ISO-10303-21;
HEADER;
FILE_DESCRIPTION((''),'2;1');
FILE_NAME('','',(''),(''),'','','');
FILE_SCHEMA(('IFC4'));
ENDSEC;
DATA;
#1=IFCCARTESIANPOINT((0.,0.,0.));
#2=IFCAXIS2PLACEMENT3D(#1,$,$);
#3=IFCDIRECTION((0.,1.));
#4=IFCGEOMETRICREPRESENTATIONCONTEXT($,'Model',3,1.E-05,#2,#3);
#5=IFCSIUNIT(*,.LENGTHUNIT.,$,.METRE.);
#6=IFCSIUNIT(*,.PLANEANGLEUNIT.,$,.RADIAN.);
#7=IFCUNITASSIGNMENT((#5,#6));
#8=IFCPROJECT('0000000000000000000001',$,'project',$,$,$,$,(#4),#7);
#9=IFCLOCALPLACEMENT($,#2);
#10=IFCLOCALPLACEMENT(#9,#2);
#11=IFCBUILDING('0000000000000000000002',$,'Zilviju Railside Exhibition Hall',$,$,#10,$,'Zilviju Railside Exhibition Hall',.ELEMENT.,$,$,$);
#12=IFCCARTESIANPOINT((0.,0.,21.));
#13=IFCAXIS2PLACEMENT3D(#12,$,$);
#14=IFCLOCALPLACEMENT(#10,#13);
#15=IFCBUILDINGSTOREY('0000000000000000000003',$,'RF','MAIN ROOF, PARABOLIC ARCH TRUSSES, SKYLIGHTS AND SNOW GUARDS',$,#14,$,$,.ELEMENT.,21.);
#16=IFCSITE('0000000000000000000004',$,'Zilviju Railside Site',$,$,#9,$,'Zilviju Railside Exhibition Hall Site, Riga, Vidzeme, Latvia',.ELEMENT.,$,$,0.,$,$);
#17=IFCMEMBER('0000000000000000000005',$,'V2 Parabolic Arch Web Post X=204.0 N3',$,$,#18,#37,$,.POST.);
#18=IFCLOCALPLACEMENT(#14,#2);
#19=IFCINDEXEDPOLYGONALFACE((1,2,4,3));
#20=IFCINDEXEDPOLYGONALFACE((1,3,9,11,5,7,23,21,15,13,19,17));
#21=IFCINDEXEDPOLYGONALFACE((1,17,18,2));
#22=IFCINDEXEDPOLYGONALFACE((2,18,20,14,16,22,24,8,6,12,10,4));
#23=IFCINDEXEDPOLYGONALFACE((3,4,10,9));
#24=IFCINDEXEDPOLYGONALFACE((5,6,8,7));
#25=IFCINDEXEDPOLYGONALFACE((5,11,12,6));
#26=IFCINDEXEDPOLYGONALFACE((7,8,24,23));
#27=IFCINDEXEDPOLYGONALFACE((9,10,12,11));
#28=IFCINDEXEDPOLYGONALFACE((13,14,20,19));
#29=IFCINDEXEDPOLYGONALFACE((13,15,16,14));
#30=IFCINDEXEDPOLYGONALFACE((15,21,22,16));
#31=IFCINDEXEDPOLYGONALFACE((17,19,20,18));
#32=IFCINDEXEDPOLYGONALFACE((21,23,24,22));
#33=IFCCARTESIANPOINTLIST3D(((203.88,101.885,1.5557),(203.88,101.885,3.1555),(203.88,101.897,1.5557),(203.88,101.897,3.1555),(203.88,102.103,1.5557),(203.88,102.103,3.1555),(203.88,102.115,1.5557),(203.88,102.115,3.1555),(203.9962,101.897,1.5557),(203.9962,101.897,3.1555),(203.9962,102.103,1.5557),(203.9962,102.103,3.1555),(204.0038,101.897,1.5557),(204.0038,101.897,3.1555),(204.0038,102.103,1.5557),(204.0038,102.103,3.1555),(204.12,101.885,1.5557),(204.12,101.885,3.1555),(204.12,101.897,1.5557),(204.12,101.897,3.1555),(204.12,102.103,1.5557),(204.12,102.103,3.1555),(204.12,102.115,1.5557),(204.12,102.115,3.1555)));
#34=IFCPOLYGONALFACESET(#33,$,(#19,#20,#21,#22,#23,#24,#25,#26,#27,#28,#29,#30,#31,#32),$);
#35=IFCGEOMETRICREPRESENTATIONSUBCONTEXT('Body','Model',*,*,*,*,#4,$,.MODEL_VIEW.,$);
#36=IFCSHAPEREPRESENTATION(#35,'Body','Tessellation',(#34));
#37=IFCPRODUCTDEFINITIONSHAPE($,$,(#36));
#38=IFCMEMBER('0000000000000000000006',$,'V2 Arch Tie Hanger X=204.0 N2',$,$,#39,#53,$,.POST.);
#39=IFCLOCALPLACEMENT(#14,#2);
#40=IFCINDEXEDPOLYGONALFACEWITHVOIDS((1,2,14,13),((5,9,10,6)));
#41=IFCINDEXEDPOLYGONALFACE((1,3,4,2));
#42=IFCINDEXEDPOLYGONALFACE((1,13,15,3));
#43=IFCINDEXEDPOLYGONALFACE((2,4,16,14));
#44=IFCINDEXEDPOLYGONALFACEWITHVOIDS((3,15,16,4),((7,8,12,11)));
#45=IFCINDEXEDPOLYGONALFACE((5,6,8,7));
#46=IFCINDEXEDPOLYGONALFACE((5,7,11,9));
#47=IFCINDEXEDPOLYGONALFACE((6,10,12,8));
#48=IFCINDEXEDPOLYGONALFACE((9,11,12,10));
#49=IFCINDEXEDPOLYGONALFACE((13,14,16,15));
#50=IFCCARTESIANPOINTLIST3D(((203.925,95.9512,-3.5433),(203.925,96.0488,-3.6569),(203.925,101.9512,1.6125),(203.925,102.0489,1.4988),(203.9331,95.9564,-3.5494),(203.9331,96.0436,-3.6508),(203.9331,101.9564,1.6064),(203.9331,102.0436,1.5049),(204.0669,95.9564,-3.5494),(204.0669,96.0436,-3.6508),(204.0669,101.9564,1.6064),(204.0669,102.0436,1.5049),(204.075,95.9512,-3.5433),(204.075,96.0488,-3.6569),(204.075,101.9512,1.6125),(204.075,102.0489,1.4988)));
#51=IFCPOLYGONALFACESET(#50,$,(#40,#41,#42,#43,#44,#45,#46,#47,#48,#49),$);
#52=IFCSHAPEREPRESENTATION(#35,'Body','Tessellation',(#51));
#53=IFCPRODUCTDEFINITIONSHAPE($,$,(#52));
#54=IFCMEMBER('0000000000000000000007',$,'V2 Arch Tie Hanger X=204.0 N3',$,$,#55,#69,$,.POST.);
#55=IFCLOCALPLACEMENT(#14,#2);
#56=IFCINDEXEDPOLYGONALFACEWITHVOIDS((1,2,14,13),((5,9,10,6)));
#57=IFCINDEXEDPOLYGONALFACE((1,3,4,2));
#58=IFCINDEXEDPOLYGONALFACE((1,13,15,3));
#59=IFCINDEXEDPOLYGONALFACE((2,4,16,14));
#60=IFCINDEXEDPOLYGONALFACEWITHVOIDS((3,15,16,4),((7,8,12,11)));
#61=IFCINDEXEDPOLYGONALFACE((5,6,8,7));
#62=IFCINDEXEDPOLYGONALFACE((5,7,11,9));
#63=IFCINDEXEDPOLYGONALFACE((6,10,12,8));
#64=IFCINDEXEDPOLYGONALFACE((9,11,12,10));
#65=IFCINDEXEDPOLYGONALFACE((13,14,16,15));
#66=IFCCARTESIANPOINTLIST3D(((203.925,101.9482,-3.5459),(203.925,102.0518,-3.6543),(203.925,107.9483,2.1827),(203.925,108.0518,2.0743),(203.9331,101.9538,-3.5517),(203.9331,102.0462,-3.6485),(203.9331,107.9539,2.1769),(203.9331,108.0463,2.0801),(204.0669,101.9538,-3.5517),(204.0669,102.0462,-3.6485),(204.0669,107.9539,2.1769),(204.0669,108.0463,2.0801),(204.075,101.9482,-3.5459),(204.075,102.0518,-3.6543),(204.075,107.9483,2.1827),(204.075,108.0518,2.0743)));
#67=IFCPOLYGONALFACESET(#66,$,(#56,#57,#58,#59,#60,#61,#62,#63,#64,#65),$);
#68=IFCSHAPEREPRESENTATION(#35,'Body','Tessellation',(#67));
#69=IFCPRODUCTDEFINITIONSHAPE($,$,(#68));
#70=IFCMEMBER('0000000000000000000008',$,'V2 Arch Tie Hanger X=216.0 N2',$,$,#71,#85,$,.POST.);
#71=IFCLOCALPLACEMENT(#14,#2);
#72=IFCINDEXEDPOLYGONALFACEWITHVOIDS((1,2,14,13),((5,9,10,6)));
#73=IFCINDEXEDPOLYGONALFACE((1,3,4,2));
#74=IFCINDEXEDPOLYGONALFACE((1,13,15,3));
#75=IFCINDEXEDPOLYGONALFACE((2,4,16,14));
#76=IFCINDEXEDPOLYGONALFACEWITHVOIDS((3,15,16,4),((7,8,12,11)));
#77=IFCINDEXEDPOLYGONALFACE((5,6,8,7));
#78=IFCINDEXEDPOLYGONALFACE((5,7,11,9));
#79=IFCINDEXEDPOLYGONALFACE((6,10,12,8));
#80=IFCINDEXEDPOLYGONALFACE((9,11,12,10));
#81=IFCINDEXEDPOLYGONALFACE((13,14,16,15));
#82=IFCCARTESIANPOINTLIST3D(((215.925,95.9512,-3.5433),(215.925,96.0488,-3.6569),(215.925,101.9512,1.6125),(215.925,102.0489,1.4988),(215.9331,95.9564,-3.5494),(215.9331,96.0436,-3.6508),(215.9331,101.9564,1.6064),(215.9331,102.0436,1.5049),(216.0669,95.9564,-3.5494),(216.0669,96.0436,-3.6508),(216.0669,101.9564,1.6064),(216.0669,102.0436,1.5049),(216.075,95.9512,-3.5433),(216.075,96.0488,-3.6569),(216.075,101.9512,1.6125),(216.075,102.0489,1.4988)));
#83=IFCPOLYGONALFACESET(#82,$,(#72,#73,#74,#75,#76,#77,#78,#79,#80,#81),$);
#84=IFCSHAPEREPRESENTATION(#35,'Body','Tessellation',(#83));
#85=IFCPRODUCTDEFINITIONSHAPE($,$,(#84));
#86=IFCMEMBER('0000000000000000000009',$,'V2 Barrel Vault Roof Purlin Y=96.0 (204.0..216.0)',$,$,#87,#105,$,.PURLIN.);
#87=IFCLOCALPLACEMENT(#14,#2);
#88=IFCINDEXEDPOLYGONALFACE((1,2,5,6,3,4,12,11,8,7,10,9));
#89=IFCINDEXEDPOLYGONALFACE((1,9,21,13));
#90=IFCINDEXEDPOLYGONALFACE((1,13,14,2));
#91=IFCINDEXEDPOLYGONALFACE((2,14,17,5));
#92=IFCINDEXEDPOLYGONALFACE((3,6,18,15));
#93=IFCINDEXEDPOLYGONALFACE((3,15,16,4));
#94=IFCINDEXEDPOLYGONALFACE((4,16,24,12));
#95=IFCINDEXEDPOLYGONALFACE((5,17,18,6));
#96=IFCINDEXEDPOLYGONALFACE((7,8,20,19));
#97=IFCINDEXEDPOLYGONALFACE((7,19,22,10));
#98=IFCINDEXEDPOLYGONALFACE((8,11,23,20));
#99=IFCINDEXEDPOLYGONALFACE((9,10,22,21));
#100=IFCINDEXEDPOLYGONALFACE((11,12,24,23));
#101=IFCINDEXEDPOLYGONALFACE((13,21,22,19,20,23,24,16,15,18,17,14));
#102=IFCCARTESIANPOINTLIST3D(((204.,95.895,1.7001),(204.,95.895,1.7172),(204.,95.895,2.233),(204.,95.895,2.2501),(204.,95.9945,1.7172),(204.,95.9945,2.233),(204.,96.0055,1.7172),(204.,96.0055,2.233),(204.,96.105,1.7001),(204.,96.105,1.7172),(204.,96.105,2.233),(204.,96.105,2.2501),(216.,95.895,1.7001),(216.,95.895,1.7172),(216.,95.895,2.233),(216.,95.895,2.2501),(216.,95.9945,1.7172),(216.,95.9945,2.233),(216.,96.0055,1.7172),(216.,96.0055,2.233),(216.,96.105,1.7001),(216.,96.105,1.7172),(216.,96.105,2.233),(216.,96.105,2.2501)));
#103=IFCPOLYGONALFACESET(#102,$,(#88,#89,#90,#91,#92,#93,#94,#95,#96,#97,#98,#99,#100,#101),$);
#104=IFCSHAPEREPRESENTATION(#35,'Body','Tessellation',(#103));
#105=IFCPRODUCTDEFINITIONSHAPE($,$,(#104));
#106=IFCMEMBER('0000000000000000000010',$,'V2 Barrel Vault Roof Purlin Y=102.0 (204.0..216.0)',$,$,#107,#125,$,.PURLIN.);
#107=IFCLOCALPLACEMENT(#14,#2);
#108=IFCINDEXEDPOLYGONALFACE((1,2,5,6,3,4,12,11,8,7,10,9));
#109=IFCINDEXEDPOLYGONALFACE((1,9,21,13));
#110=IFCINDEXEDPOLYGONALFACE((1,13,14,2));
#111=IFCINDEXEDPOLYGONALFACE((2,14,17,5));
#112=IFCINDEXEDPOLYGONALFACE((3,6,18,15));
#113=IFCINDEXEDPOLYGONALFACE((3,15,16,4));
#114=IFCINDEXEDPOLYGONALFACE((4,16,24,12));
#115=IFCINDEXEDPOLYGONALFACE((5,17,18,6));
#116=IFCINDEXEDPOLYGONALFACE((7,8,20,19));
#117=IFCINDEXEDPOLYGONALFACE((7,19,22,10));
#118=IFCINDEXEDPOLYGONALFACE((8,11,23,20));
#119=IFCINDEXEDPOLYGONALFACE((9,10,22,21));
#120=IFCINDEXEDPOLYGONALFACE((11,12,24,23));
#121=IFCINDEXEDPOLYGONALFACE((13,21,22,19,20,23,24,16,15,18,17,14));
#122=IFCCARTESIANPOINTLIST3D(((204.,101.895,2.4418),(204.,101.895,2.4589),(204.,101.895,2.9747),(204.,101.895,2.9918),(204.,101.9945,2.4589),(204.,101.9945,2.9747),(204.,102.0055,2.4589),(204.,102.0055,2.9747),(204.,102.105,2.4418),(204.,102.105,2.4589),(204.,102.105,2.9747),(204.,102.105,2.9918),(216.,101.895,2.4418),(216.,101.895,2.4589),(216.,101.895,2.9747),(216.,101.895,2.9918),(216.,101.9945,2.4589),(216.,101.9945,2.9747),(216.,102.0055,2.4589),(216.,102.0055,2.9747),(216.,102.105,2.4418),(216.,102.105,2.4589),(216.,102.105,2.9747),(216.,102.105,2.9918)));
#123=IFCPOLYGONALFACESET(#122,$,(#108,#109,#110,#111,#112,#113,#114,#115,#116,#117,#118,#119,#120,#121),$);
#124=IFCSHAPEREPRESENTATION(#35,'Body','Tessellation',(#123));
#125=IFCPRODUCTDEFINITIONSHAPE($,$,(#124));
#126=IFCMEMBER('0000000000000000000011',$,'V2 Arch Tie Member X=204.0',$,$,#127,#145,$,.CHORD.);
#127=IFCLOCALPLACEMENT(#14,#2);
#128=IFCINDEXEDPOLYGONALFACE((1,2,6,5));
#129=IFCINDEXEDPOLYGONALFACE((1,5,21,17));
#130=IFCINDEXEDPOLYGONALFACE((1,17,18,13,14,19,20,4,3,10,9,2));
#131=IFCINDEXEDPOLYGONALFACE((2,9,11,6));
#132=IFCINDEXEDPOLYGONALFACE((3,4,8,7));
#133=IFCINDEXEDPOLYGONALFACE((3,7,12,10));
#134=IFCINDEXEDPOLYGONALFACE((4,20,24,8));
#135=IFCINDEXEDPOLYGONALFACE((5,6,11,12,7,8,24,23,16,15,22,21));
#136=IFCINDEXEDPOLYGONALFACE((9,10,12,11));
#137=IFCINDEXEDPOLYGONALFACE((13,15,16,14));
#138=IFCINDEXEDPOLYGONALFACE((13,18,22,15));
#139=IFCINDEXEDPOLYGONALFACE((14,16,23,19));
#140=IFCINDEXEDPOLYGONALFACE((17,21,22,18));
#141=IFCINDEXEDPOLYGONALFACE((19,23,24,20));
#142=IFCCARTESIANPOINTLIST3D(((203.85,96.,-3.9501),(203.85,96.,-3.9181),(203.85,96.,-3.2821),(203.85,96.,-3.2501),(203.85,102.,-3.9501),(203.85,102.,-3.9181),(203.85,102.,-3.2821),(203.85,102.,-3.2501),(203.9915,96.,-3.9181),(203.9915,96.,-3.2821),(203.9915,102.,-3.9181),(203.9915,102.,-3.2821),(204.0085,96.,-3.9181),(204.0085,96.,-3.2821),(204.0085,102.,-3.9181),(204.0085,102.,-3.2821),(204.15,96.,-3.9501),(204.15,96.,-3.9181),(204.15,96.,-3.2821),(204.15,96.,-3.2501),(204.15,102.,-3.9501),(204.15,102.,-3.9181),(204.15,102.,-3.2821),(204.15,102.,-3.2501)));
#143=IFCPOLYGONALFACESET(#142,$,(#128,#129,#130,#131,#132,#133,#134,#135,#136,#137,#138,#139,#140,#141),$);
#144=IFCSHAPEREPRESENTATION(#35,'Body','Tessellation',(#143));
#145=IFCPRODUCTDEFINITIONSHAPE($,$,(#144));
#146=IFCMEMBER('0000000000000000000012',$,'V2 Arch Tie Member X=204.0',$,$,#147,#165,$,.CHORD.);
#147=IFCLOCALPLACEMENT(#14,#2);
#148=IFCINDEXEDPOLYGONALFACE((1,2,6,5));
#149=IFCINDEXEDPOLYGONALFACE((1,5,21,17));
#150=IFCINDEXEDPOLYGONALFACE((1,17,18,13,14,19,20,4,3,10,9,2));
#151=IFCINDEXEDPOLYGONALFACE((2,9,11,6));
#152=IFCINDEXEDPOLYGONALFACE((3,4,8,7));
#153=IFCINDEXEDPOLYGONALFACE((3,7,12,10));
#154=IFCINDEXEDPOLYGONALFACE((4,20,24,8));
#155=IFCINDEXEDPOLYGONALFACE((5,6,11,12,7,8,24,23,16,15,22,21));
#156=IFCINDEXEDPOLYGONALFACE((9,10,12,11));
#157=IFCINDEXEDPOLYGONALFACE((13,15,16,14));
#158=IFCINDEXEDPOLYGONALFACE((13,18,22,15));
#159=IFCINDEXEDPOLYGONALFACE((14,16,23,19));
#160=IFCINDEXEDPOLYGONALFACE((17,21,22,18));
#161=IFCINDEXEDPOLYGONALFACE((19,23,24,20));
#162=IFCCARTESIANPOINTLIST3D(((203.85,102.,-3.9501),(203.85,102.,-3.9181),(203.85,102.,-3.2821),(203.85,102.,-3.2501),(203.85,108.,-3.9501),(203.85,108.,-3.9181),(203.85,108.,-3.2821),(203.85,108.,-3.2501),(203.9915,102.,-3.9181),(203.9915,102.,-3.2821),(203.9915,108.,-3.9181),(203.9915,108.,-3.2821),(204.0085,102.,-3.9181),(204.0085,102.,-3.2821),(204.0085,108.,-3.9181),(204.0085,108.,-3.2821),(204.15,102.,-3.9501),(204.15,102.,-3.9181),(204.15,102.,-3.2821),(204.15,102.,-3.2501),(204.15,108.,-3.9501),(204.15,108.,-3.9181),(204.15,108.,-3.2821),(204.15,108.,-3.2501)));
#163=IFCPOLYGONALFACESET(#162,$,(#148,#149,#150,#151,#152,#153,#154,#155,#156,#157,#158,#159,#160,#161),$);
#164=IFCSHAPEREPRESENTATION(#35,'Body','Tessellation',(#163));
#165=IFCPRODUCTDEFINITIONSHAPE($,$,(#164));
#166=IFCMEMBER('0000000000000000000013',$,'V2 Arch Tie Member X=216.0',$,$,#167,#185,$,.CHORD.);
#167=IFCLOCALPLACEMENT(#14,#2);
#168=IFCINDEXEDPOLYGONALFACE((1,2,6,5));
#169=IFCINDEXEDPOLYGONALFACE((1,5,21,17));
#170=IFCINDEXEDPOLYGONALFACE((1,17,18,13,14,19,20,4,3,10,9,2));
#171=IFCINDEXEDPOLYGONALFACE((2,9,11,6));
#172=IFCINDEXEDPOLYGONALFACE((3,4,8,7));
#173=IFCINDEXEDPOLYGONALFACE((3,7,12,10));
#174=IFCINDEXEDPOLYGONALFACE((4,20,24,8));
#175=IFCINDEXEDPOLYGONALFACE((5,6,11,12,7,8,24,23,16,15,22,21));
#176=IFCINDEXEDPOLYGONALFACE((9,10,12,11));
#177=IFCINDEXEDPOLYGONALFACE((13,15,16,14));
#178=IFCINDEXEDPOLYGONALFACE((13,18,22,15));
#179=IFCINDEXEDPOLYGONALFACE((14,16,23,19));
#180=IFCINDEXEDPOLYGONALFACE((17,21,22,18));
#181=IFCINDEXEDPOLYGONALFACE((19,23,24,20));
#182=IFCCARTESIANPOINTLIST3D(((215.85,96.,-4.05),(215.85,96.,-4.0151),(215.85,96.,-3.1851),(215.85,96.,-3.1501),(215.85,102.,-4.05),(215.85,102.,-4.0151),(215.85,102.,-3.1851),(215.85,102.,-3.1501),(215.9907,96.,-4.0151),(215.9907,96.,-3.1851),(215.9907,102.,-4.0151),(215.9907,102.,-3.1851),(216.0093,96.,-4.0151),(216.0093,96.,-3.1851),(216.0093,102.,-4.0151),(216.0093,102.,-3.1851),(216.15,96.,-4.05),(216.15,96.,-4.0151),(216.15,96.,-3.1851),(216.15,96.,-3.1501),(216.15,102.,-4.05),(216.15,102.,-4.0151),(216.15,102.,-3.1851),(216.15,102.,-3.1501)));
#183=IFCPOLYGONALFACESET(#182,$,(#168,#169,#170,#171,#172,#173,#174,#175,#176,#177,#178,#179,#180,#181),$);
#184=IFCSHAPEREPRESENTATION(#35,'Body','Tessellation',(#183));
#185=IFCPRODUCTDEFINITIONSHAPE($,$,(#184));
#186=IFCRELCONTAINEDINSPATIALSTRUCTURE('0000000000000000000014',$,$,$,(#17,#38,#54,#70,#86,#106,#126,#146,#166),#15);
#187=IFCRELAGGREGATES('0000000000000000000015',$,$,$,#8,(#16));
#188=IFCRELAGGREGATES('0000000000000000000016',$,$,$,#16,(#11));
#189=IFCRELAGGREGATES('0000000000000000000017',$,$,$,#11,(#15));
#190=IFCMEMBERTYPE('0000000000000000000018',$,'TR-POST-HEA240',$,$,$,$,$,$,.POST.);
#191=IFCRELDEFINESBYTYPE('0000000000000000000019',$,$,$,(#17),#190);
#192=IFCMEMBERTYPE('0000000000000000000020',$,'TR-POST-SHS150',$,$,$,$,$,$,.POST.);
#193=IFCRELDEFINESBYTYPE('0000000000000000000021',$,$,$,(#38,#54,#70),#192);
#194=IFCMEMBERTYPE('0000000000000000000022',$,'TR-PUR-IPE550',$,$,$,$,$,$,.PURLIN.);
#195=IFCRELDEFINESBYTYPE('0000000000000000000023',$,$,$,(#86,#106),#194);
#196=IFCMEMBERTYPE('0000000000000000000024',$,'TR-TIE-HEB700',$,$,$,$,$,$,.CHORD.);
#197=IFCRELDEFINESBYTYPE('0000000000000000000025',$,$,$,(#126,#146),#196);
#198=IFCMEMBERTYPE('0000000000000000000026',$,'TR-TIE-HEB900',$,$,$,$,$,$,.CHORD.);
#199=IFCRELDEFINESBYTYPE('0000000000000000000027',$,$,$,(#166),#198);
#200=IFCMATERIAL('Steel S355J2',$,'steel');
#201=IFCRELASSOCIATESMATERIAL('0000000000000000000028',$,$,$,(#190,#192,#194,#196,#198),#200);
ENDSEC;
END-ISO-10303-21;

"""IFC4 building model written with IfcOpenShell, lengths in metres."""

from ifc_helpers import new_model, si_unit, direction, frame, origin, origin_2d, place, context, subcontext, project, spatial, hollow_rectangle, i_section, extrude, material, material_profile, profile_set, type_object, element, save


model = new_model("IFC4")

# Units and contexts
model_context = context("Model", 3, precision=1e-05, world=origin(), true_north=direction((0.0, 1.0)))
body_context = subcontext(model_context, "Body", "Model", "MODEL_VIEW")
ifc_project = project(units=[si_unit("LENGTHUNIT", "METRE"), si_unit("PLANEANGLEUNIT", "RADIAN")], contexts=[model_context])

# Site, building, storey
site_placement = place(None, origin())
site = spatial("IfcSite", under=ifc_project, at=site_placement, Name="Zilviju Railside Site", LongName="Zilviju Railside Exhibition Hall Site, Riga, Vidzeme, Latvia", CompositionType="ELEMENT", RefElevation=0.0)
building_placement = place(site_placement, origin())
building = spatial("IfcBuilding", under=site, at=building_placement, Name="Zilviju Railside Exhibition Hall", LongName="Zilviju Railside Exhibition Hall", CompositionType="ELEMENT")
storey_placement = place(building_placement, frame((0.0, 0.0, 21.0)))
storey = spatial("IfcBuildingStorey", under=building, at=storey_placement, Name="RF", Description="MAIN ROOF, PARABOLIC ARCH TRUSSES, SKYLIGHTS AND SNOW GUARDS", CompositionType="ELEMENT", Elevation=21.0)

# Members
ifc_material_1 = material(Name="Steel S355J2", Category="steel")
ifc_material_profile_1 = material_profile(ifc_material_1, i_section(OverallWidth=0.24, OverallDepth=0.23, WebThickness=0.0076, FlangeThickness=0.012, at=origin_2d()), Name="HEA 240")
ifc_profile_set_1 = profile_set([ifc_material_profile_1], Name="Steel S355J2")
member_type_1 = type_object("IfcMemberType", Name="TR-POST-HEA240", PredefinedType="POST", material=ifc_profile_set_1)
for number, where, z_axis, x_axis, name in (
    (1, (204.0, 102.0, 1.5557), (0.0, 0.0, 1.0), (1.0, 0.0, 0.0), "V2 Parabolic Arch Web Post X=204.0 N3"),
):
    element("IfcMember", number, at=place(storey_placement, frame(where, z_axis=z_axis, x_axis=x_axis)), inside=storey, type_object=member_type_1, Name=name, PredefinedType="POST", context=body_context, shape_type="SweptSolid", body=[
        extrude(i_section(OverallWidth=0.24, OverallDepth=0.23, WebThickness=0.0076, FlangeThickness=0.012, at=origin_2d()), origin(), (0.0, 0.0, 1.0), 1.5999),
    ])
ifc_material_profile_2 = material_profile(ifc_material_1, hollow_rectangle(XDim=0.1499, YDim=0.1499, WallThickness=0.0081, at=origin_2d()), Name="SHS 150x150x8.0")
ifc_profile_set_2 = profile_set([ifc_material_profile_2], Name="Steel S355J2")
member_type_2 = type_object("IfcMemberType", Name="TR-POST-SHS150", PredefinedType="POST", material=ifc_profile_set_2)
member_1_placement = place(storey_placement, frame((204.0, 96.0, -3.6001), z_axis=(0.0, 0.75845, 0.651731), x_axis=(-1.0, 0.0, 0.0)))
element("IfcMember", 2, at=member_1_placement, inside=storey, type_object=member_type_2, Name="V2 Arch Tie Hanger X=204.0 N2", PredefinedType="POST", context=body_context, shape_type="SweptSolid", body=[
    extrude(hollow_rectangle(XDim=0.1499, YDim=0.1499, WallThickness=0.0081, at=origin_2d()), origin(), (0.0, 0.0, 1.0), 7.9109),
])
member_2_placement = place(storey_placement, frame((204.0, 102.0, -3.6001), z_axis=(0.0, 0.723281, 0.690554), x_axis=(-1.0, 0.0, 0.0)))
element("IfcMember", 3, at=member_2_placement, inside=storey, type_object=member_type_2, Name="V2 Arch Tie Hanger X=204.0 N3", PredefinedType="POST", context=body_context, shape_type="SweptSolid", body=[
    extrude(hollow_rectangle(XDim=0.1499, YDim=0.1499, WallThickness=0.0081, at=origin_2d()), origin(), (0.0, 0.0, 1.0), 8.2957),
])
member_3_placement = place(storey_placement, frame((216.0, 96.0, -3.6001), z_axis=(0.0, 0.75845, 0.651731), x_axis=(-1.0, 0.0, 0.0)))
element("IfcMember", 4, at=member_3_placement, inside=storey, type_object=member_type_2, Name="V2 Arch Tie Hanger X=216.0 N2", PredefinedType="POST", context=body_context, shape_type="SweptSolid", body=[
    extrude(hollow_rectangle(XDim=0.1499, YDim=0.1499, WallThickness=0.0081, at=origin_2d()), origin(), (0.0, 0.0, 1.0), 7.9109),
])
ifc_material_profile_3 = material_profile(ifc_material_1, i_section(OverallWidth=0.21, OverallDepth=0.55, WebThickness=0.011, FlangeThickness=0.0171, at=origin_2d()), Name="IPE 550")
ifc_profile_set_3 = profile_set([ifc_material_profile_3], Name="Steel S355J2")
member_type_3 = type_object("IfcMemberType", Name="TR-PUR-IPE550", PredefinedType="PURLIN", material=ifc_profile_set_3)
for number, where, z_axis, x_axis, name in (
    (5, (204.0, 96.0, 1.9751), (1.0, 0.0, 0.0), (0.0, 1.0, 0.0), "V2 Barrel Vault Roof Purlin Y=96.0 (204.0..216.0)"),
    (6, (204.0, 102.0, 2.7168), (1.0, 0.0, 0.0), (0.0, 1.0, 0.0), "V2 Barrel Vault Roof Purlin Y=102.0 (204.0..216.0)"),
):
    element("IfcMember", number, at=place(storey_placement, frame(where, z_axis=z_axis, x_axis=x_axis)), inside=storey, type_object=member_type_3, Name=name, PredefinedType="PURLIN", context=body_context, shape_type="SweptSolid", body=[
        extrude(i_section(OverallWidth=0.21, OverallDepth=0.55, WebThickness=0.011, FlangeThickness=0.0171, at=origin_2d()), origin(), (0.0, 0.0, 1.0), 12.0),
    ])
ifc_material_profile_4 = material_profile(ifc_material_1, i_section(OverallWidth=0.3, OverallDepth=0.7, WebThickness=0.0171, FlangeThickness=0.032, at=origin_2d()), Name="HEB 700")
ifc_profile_set_4 = profile_set([ifc_material_profile_4], Name="Steel S355J2")
member_type_4 = type_object("IfcMemberType", Name="TR-TIE-HEB700", PredefinedType="CHORD", material=ifc_profile_set_4)
for number, where, z_axis, x_axis, name in (
    (7, (204.0, 96.0, -3.6001), (0.0, 1.0, 0.0), (-1.0, 0.0, 0.0), "V2 Arch Tie Member X=204.0"),
    (8, (204.0, 102.0, -3.6001), (0.0, 1.0, 0.0), (-1.0, 0.0, 0.0), "V2 Arch Tie Member X=204.0"),
):
    element("IfcMember", number, at=place(storey_placement, frame(where, z_axis=z_axis, x_axis=x_axis)), inside=storey, type_object=member_type_4, Name=name, PredefinedType="CHORD", context=body_context, shape_type="SweptSolid", body=[
        extrude(i_section(OverallWidth=0.3, OverallDepth=0.7, WebThickness=0.0171, FlangeThickness=0.032, at=origin_2d()), origin(), (0.0, 0.0, 1.0), 6.0),
    ])
ifc_material_profile_5 = material_profile(ifc_material_1, i_section(OverallWidth=0.3, OverallDepth=0.8999, WebThickness=0.0186, FlangeThickness=0.0349, at=origin_2d()), Name="HEB 900")
ifc_profile_set_5 = profile_set([ifc_material_profile_5], Name="Steel S355J2")
member_type_5 = type_object("IfcMemberType", Name="TR-TIE-HEB900", PredefinedType="CHORD", material=ifc_profile_set_5)
member_4_placement = place(storey_placement, frame((216.0, 96.0, -3.6001), z_axis=(0.0, 1.0, 0.0), x_axis=(-1.0, 0.0, 0.0)))
element("IfcMember", 9, at=member_4_placement, inside=storey, type_object=member_type_5, Name="V2 Arch Tie Member X=216.0", PredefinedType="CHORD", context=body_context, shape_type="SweptSolid", body=[
    extrude(i_section(OverallWidth=0.3, OverallDepth=0.8999, WebThickness=0.0186, FlangeThickness=0.0349, at=origin_2d()), origin(), (0.0, 0.0, 1.0), 6.0),
])

save(model, "model.ifc")
